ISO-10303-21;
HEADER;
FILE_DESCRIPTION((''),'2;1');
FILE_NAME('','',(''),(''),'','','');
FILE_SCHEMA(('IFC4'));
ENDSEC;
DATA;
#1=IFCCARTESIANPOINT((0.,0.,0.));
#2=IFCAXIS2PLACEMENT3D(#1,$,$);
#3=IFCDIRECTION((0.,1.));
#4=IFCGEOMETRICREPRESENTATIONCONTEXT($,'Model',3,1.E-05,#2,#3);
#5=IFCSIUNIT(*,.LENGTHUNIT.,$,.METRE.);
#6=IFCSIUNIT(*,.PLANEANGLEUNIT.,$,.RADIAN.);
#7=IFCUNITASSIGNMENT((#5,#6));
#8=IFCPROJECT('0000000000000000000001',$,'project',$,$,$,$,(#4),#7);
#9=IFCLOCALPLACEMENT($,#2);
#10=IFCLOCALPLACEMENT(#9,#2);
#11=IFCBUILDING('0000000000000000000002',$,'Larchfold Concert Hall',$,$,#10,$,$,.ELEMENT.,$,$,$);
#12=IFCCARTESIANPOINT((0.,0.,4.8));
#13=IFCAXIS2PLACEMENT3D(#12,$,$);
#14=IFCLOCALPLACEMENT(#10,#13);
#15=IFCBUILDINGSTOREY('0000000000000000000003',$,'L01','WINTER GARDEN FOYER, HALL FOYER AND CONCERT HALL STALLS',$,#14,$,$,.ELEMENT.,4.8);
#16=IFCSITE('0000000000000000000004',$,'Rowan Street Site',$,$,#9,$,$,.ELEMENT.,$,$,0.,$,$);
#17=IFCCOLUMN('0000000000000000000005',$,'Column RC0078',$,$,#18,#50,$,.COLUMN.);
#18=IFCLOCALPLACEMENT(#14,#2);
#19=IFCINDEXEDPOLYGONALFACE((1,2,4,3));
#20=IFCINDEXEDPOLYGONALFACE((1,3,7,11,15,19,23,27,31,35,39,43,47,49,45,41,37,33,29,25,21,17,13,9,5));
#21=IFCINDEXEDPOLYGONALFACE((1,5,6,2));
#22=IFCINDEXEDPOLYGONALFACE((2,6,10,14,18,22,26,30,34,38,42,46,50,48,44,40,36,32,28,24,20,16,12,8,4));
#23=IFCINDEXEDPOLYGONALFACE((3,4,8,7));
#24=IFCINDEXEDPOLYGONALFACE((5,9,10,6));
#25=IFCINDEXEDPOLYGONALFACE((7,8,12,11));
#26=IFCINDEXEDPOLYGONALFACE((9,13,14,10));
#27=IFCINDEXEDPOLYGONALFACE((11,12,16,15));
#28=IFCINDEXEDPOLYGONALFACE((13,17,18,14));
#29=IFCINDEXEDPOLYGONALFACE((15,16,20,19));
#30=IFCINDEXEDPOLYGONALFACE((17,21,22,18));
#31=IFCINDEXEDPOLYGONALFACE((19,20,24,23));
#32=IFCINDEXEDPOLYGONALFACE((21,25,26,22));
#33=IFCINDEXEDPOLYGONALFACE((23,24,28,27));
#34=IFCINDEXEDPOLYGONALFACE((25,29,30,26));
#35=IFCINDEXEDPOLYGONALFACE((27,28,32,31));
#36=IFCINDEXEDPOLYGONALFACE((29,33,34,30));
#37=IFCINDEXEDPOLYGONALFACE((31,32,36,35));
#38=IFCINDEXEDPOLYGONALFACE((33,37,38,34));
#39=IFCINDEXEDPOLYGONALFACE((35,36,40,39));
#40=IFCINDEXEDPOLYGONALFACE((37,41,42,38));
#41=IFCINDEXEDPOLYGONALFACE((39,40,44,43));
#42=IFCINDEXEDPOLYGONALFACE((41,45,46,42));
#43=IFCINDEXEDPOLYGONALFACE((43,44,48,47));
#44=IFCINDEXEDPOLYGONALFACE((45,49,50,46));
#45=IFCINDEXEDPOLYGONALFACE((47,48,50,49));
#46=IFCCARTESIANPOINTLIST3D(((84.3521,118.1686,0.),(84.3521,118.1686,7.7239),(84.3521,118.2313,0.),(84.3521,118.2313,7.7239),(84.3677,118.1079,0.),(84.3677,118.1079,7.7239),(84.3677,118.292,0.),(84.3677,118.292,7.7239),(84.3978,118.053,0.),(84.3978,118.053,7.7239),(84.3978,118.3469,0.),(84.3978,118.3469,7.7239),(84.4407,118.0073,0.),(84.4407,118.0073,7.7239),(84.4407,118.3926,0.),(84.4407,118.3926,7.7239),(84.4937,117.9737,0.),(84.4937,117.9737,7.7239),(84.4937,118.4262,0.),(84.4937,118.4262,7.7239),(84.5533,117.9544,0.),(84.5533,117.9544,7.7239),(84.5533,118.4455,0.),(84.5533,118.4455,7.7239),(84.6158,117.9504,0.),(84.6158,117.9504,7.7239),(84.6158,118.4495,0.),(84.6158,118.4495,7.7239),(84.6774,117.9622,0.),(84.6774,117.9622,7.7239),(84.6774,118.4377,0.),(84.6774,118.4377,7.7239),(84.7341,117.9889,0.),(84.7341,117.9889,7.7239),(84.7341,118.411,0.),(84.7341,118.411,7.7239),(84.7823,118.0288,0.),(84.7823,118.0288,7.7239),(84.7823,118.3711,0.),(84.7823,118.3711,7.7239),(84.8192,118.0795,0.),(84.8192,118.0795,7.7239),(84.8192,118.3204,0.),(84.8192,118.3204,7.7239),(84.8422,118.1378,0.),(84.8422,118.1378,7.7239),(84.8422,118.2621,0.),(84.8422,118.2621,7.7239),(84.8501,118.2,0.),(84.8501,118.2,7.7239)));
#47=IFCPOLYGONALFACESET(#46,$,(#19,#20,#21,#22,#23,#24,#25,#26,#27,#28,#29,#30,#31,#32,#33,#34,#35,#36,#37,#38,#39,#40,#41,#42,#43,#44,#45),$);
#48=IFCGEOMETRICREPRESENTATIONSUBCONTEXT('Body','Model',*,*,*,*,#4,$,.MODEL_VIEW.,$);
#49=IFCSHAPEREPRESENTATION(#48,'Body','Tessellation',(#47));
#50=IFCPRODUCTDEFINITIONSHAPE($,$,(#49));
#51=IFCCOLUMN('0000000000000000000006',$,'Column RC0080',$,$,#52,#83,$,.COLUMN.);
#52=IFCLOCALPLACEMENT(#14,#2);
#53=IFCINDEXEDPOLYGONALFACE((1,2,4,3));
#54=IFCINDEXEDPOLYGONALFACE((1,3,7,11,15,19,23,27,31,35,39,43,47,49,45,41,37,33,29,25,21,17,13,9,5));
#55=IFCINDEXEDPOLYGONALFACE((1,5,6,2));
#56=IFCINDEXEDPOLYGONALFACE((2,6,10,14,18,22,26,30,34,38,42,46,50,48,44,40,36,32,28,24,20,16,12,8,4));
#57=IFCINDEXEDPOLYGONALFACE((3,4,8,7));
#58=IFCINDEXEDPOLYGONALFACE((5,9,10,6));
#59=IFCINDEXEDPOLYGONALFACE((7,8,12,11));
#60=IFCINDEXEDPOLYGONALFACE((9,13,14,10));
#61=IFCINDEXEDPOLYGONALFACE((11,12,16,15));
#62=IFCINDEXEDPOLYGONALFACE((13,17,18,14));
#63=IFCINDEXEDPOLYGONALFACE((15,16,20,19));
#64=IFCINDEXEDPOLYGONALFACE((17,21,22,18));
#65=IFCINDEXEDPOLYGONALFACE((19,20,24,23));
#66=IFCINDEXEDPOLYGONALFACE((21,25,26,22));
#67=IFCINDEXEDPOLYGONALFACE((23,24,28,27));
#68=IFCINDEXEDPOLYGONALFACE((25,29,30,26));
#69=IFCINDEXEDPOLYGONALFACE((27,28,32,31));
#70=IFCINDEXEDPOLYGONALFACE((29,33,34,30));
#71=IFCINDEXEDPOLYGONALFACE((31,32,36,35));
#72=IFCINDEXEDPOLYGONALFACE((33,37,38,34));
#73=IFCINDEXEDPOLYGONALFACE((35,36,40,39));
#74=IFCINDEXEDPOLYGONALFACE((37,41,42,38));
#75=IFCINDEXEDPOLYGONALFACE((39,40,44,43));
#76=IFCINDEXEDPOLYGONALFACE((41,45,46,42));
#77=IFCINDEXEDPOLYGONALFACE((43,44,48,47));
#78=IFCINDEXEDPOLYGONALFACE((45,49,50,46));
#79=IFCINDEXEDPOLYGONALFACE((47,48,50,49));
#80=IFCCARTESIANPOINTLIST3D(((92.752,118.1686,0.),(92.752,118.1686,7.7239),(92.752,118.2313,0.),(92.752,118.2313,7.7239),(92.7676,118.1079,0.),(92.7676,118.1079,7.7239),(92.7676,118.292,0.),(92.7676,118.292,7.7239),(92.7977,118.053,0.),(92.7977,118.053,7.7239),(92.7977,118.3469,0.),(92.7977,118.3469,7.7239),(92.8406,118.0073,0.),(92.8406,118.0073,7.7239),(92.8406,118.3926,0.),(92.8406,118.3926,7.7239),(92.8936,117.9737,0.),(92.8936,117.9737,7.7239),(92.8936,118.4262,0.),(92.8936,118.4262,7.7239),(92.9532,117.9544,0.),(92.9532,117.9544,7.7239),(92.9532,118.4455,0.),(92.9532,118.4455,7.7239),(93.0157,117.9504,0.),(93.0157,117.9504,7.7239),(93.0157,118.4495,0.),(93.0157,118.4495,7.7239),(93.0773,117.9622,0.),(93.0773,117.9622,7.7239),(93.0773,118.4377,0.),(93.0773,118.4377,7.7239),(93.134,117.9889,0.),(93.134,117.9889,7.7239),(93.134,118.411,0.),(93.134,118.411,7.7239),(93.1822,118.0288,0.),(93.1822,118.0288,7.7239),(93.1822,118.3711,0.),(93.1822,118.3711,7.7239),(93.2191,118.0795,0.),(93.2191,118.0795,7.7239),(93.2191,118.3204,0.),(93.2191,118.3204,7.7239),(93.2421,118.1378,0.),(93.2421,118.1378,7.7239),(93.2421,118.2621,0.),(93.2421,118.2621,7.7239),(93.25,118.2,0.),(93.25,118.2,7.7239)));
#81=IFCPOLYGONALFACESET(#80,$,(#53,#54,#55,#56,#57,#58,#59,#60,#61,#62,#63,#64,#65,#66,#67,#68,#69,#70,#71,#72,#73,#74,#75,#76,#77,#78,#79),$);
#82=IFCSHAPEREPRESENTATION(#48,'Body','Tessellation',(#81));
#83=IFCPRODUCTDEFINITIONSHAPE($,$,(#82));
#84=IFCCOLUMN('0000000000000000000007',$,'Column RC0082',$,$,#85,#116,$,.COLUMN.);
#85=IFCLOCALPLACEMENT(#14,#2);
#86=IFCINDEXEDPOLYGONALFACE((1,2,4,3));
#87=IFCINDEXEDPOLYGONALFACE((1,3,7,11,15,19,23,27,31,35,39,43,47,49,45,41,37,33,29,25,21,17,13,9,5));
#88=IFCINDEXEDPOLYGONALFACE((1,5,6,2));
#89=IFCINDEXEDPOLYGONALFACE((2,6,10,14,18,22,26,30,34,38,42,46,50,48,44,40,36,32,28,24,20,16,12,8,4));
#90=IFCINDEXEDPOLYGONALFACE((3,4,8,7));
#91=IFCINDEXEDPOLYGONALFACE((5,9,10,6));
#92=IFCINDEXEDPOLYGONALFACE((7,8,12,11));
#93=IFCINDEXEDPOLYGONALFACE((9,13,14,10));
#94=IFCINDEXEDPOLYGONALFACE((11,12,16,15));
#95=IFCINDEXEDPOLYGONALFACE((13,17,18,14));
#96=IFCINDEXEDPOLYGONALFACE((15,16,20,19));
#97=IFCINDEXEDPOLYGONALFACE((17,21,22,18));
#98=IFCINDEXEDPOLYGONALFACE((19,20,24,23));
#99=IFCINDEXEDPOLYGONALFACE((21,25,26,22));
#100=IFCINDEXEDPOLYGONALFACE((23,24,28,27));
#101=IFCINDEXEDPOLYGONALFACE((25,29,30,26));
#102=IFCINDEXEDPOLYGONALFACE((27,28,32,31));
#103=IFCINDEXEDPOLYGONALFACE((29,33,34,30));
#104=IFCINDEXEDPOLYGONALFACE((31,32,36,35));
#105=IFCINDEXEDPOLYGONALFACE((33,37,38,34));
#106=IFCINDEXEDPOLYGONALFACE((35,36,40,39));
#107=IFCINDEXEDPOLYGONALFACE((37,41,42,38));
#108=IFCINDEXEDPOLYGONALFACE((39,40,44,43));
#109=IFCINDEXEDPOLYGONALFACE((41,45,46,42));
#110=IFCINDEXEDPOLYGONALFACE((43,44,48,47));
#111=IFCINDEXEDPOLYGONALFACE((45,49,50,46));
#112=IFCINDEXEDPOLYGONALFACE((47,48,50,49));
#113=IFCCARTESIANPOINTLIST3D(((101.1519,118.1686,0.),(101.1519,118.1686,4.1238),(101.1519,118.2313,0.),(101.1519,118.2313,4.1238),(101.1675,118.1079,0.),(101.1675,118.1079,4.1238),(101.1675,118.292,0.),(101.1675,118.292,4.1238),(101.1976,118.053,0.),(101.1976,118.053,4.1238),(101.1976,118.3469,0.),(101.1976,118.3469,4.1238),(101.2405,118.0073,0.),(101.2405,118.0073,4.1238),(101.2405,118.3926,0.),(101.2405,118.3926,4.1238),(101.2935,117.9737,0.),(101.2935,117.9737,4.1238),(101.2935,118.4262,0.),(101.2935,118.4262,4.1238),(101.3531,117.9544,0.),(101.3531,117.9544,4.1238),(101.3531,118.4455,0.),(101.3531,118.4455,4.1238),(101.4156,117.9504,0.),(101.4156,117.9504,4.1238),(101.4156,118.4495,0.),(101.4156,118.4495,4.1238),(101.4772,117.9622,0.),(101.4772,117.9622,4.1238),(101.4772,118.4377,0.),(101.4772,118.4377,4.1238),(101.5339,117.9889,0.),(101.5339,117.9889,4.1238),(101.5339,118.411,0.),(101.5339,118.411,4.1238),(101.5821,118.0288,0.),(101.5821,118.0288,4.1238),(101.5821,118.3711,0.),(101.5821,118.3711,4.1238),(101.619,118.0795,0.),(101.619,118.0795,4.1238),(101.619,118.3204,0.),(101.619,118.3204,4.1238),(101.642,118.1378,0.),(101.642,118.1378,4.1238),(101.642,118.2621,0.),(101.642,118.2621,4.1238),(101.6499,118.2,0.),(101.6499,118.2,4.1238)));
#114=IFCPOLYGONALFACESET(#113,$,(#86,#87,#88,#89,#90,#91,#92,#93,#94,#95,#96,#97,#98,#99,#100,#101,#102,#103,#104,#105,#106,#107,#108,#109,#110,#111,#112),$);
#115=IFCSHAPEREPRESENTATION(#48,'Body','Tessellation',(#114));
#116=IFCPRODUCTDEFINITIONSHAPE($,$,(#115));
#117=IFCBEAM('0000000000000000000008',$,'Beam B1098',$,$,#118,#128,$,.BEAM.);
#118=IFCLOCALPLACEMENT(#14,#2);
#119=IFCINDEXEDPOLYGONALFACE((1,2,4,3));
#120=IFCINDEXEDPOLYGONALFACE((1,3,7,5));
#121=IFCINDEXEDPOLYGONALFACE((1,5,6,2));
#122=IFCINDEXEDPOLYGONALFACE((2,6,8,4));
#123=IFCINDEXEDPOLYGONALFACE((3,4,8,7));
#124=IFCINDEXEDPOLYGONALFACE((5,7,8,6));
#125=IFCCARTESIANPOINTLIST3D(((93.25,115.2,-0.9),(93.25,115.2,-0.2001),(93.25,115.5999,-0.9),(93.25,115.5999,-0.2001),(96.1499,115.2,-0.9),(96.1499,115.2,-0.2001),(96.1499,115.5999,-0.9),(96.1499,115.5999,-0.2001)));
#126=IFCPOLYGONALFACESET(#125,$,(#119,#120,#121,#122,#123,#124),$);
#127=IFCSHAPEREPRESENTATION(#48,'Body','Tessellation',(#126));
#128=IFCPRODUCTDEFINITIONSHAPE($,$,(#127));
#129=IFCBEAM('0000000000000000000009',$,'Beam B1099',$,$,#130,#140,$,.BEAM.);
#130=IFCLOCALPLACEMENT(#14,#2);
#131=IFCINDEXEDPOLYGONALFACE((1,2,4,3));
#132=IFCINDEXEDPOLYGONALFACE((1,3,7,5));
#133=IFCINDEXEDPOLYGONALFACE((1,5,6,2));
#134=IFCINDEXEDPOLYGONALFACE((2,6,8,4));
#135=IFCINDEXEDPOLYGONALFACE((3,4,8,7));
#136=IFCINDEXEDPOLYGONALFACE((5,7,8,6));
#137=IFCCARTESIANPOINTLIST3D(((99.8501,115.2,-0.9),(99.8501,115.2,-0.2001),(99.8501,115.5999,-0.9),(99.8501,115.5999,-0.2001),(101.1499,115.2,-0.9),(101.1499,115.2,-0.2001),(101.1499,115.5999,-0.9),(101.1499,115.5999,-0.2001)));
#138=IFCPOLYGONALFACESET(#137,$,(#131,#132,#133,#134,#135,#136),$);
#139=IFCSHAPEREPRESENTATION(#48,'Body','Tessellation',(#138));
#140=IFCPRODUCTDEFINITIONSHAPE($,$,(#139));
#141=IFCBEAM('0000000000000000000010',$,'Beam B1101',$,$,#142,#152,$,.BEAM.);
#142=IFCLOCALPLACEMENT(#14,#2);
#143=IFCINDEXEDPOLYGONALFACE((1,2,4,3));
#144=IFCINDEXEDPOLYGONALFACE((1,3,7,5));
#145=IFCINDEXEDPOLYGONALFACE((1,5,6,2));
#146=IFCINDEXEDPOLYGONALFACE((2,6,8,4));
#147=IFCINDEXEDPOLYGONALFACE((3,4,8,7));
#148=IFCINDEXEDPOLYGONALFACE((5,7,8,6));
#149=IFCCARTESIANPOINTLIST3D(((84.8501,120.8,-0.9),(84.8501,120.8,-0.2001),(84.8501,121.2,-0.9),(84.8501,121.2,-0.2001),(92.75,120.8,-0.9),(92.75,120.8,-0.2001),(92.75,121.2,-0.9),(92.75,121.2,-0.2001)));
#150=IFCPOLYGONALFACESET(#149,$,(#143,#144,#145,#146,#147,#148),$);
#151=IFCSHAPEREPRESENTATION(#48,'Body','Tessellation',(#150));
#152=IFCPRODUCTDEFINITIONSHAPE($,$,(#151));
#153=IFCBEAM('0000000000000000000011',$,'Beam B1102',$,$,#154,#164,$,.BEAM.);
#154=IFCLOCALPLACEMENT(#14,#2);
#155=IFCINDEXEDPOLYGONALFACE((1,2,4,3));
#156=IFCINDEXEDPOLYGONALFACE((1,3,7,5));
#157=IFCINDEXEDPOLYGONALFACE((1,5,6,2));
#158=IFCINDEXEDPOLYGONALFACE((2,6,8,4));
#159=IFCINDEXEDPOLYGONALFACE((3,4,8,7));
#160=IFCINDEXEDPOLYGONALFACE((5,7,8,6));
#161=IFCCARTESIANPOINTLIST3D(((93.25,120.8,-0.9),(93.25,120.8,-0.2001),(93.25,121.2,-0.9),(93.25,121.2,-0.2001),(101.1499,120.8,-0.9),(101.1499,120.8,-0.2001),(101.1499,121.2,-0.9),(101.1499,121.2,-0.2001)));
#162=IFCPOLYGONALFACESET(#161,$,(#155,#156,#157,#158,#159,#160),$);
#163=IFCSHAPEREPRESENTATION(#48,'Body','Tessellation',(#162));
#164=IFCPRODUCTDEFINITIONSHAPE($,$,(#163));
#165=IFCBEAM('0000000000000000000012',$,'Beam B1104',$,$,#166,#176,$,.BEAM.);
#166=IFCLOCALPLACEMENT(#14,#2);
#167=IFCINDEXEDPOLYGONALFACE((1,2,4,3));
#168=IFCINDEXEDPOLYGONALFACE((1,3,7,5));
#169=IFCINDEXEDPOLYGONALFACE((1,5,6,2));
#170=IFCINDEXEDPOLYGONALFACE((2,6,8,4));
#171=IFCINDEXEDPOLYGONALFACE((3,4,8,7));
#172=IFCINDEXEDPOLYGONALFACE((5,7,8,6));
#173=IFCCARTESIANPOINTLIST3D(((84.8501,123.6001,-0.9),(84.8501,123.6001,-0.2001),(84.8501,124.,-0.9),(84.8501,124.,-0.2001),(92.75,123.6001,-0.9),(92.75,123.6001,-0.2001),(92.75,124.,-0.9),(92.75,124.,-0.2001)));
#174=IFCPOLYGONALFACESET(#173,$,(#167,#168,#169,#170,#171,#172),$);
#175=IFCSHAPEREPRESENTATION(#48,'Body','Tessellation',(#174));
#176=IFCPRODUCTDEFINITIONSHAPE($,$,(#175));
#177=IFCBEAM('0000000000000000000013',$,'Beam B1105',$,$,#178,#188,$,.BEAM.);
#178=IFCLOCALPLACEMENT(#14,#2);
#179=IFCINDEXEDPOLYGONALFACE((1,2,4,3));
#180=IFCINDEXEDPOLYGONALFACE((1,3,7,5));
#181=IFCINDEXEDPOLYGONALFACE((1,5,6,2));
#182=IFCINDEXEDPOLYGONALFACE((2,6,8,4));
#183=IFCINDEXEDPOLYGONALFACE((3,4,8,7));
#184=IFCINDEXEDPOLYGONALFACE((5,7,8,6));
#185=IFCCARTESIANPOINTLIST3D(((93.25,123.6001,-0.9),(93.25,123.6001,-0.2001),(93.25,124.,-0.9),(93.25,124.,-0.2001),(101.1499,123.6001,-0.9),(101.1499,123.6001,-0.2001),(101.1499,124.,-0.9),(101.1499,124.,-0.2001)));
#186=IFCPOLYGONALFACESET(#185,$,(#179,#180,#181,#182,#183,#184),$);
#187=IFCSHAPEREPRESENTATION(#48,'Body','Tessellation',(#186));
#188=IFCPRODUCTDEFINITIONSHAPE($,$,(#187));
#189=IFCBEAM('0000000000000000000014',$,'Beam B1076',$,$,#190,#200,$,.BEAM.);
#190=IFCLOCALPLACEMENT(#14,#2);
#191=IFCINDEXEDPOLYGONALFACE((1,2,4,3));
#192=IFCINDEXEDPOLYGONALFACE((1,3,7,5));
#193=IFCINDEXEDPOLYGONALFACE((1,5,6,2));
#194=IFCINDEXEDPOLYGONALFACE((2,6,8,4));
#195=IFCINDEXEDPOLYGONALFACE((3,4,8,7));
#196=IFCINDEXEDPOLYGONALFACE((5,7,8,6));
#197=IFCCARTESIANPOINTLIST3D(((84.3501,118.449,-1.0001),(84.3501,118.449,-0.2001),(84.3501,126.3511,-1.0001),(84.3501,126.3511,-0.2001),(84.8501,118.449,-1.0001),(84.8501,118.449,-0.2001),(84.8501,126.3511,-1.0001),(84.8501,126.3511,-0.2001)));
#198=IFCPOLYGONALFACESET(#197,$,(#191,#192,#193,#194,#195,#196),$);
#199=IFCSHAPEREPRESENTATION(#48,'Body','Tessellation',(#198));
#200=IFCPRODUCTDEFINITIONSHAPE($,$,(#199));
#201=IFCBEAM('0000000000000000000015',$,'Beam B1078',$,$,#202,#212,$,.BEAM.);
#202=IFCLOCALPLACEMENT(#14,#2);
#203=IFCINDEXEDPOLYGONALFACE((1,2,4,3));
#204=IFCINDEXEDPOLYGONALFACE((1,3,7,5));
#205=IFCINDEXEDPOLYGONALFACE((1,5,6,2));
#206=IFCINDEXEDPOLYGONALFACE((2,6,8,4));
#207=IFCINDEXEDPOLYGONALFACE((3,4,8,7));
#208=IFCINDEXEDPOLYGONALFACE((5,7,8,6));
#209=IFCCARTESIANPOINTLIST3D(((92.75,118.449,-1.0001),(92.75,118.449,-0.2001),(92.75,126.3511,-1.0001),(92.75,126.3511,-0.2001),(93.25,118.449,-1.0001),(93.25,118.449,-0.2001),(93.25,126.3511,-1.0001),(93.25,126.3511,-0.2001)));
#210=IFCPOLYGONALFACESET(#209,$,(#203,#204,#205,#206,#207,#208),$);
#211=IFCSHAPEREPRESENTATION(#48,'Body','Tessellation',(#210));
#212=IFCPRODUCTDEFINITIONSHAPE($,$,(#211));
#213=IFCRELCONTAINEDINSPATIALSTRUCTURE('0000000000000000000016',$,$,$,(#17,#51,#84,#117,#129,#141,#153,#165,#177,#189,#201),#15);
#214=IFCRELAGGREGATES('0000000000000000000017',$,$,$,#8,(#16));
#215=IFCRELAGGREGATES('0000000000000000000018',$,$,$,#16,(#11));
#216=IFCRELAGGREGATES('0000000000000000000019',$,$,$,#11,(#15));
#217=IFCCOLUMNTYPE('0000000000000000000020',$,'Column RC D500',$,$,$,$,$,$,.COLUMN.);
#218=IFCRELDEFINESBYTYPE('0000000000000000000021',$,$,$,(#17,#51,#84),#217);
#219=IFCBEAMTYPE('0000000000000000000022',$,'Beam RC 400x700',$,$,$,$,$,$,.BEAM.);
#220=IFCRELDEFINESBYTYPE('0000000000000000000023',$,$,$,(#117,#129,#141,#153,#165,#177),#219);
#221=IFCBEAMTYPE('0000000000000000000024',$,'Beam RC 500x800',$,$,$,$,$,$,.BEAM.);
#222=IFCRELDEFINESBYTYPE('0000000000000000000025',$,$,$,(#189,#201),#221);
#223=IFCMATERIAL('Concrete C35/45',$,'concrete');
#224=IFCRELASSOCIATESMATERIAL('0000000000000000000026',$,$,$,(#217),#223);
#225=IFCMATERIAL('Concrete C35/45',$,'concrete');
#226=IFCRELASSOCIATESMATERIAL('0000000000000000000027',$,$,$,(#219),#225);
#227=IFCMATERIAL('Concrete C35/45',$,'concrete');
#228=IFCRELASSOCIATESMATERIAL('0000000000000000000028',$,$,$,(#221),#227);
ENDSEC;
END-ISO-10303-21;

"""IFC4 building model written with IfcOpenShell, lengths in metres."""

from ifc_helpers import new_model, si_unit, direction, frame, origin, origin_2d, place, context, subcontext, project, spatial, rectangle, circle, extrude, material, material_profile, profile_set, type_object, element, save


model = new_model("IFC4")

# Units and contexts
model_context = context("Model", 3, precision=1e-05, world=origin(), true_north=direction((0.0, 1.0)))
body_context = subcontext(model_context, "Body", "Model", "MODEL_VIEW")
ifc_project = project(units=[si_unit("LENGTHUNIT", "METRE"), si_unit("PLANEANGLEUNIT", "RADIAN")], contexts=[model_context])

# Site, building, storey
site_placement = place(None, origin())
site = spatial("IfcSite", under=ifc_project, at=site_placement, Name="Rowan Street Site", CompositionType="ELEMENT", RefElevation=0.0)
building_placement = place(site_placement, origin())
building = spatial("IfcBuilding", under=site, at=building_placement, Name="Larchfold Concert Hall", CompositionType="ELEMENT")
storey_placement = place(building_placement, frame((0.0, 0.0, 4.8)))
storey = spatial("IfcBuildingStorey", under=building, at=storey_placement, Name="L01", Description="WINTER GARDEN FOYER, HALL FOYER AND CONCERT HALL STALLS", CompositionType="ELEMENT", Elevation=4.8)

# Columns
ifc_material_1 = material(Name="Concrete C35/45", Category="concrete")
ifc_material_profile_1 = material_profile(ifc_material_1, circle(Radius=0.25, at=origin_2d()))
ifc_profile_set_1 = profile_set([ifc_material_profile_1], Name="Concrete C35/45")
column_type = type_object("IfcColumnType", Name="Column RC D500", PredefinedType="COLUMN", material=ifc_profile_set_1)
for number, where, z_axis, x_axis, name in (
    (1, (84.6001, 118.2, 0.0), (0.0, 0.0, 1.0), (1.0, 0.0, 0.0), "Column RC0078"),
    (2, (93.0, 118.2, 0.0), (0.0, 0.0, 1.0), (1.0, 0.0, 0.0), "Column RC0080"),
):
    element("IfcColumn", number, at=place(storey_placement, frame(where, z_axis=z_axis, x_axis=x_axis)), inside=storey, type_object=column_type, Name=name, PredefinedType="COLUMN", context=body_context, shape_type="SweptSolid", body=[
        extrude(circle(Radius=0.25, at=origin_2d()), origin(), (0.0, 0.0, 1.0), 7.7239),
    ])
column_placement = place(storey_placement, frame((101.3999, 118.2, 0.0), z_axis=(0.0, 0.0, 1.0), x_axis=(1.0, 0.0, 0.0)))
element("IfcColumn", 3, at=column_placement, inside=storey, type_object=column_type, Name="Column RC0082", PredefinedType="COLUMN", context=body_context, shape_type="SweptSolid", body=[
    extrude(circle(Radius=0.25, at=origin_2d()), origin(), (0.0, 0.0, 1.0), 4.1238),
])

# Beams
ifc_material_2 = material(Name="Concrete C35/45", Category="concrete")
ifc_material_profile_2 = material_profile(ifc_material_2, rectangle(XDim=0.3999, YDim=0.7, at=origin_2d()))
ifc_profile_set_2 = profile_set([ifc_material_profile_2], Name="Concrete C35/45")
beam_type_1 = type_object("IfcBeamType", Name="Beam RC 400x700", PredefinedType="BEAM", material=ifc_profile_set_2)
beam_1_placement = place(storey_placement, frame((93.25, 115.3999, -0.55), z_axis=(1.0, 0.0, 0.0), x_axis=(0.0, 1.0, 0.0)))
element("IfcBeam", 4, at=beam_1_placement, inside=storey, type_object=beam_type_1, Name="Beam B1098", PredefinedType="BEAM", context=body_context, shape_type="SweptSolid", body=[
    extrude(rectangle(XDim=0.3999, YDim=0.7, at=origin_2d()), origin(), (0.0, 0.0, 1.0), 2.8999),
])
beam_2_placement = place(storey_placement, frame((99.8501, 115.3999, -0.55), z_axis=(1.0, 0.0, 0.0), x_axis=(0.0, 1.0, 0.0)))
element("IfcBeam", 5, at=beam_2_placement, inside=storey, type_object=beam_type_1, Name="Beam B1099", PredefinedType="BEAM", context=body_context, shape_type="SweptSolid", body=[
    extrude(rectangle(XDim=0.3999, YDim=0.7, at=origin_2d()), origin(), (0.0, 0.0, 1.0), 1.2998),
])
for number, where, z_axis, x_axis, name in (
    (6, (84.8501, 121.0, -0.55), (1.0, 0.0, 0.0), (0.0, 1.0, 0.0), "Beam B1101"),
    (7, (93.25, 121.0, -0.55), (1.0, 0.0, 0.0), (0.0, 1.0, 0.0), "Beam B1102"),
    (8, (84.8501, 123.8, -0.55), (1.0, 0.0, 0.0), (0.0, 1.0, 0.0), "Beam B1104"),
    (9, (93.25, 123.8, -0.55), (1.0, 0.0, 0.0), (0.0, 1.0, 0.0), "Beam B1105"),
):
    element("IfcBeam", number, at=place(storey_placement, frame(where, z_axis=z_axis, x_axis=x_axis)), inside=storey, type_object=beam_type_1, Name=name, PredefinedType="BEAM", context=body_context, shape_type="SweptSolid", body=[
        extrude(rectangle(XDim=0.3999, YDim=0.7, at=origin_2d()), origin(), (0.0, 0.0, 1.0), 7.8999),
    ])
ifc_material_3 = material(Name="Concrete C35/45", Category="concrete")
ifc_material_profile_3 = material_profile(ifc_material_3, rectangle(XDim=0.5, YDim=0.8, at=origin_2d()))
ifc_profile_set_3 = profile_set([ifc_material_profile_3], Name="Concrete C35/45")
beam_type_2 = type_object("IfcBeamType", Name="Beam RC 500x800", PredefinedType="BEAM", material=ifc_profile_set_3)
for number, where, z_axis, x_axis, name in (
    (10, (84.6001, 118.449, -0.6001), (0.0, 1.0, 0.0), (-1.0, 0.0, 0.0), "Beam B1076"),
    (11, (93.0, 118.449, -0.6001), (0.0, 1.0, 0.0), (-1.0, 0.0, 0.0), "Beam B1078"),
):
    element("IfcBeam", number, at=place(storey_placement, frame(where, z_axis=z_axis, x_axis=x_axis)), inside=storey, type_object=beam_type_2, Name=name, PredefinedType="BEAM", context=body_context, shape_type="SweptSolid", body=[
        extrude(rectangle(XDim=0.5, YDim=0.8, at=origin_2d()), origin(), (0.0, 0.0, 1.0), 7.9021),
    ])

save(model, "model.ifc")
